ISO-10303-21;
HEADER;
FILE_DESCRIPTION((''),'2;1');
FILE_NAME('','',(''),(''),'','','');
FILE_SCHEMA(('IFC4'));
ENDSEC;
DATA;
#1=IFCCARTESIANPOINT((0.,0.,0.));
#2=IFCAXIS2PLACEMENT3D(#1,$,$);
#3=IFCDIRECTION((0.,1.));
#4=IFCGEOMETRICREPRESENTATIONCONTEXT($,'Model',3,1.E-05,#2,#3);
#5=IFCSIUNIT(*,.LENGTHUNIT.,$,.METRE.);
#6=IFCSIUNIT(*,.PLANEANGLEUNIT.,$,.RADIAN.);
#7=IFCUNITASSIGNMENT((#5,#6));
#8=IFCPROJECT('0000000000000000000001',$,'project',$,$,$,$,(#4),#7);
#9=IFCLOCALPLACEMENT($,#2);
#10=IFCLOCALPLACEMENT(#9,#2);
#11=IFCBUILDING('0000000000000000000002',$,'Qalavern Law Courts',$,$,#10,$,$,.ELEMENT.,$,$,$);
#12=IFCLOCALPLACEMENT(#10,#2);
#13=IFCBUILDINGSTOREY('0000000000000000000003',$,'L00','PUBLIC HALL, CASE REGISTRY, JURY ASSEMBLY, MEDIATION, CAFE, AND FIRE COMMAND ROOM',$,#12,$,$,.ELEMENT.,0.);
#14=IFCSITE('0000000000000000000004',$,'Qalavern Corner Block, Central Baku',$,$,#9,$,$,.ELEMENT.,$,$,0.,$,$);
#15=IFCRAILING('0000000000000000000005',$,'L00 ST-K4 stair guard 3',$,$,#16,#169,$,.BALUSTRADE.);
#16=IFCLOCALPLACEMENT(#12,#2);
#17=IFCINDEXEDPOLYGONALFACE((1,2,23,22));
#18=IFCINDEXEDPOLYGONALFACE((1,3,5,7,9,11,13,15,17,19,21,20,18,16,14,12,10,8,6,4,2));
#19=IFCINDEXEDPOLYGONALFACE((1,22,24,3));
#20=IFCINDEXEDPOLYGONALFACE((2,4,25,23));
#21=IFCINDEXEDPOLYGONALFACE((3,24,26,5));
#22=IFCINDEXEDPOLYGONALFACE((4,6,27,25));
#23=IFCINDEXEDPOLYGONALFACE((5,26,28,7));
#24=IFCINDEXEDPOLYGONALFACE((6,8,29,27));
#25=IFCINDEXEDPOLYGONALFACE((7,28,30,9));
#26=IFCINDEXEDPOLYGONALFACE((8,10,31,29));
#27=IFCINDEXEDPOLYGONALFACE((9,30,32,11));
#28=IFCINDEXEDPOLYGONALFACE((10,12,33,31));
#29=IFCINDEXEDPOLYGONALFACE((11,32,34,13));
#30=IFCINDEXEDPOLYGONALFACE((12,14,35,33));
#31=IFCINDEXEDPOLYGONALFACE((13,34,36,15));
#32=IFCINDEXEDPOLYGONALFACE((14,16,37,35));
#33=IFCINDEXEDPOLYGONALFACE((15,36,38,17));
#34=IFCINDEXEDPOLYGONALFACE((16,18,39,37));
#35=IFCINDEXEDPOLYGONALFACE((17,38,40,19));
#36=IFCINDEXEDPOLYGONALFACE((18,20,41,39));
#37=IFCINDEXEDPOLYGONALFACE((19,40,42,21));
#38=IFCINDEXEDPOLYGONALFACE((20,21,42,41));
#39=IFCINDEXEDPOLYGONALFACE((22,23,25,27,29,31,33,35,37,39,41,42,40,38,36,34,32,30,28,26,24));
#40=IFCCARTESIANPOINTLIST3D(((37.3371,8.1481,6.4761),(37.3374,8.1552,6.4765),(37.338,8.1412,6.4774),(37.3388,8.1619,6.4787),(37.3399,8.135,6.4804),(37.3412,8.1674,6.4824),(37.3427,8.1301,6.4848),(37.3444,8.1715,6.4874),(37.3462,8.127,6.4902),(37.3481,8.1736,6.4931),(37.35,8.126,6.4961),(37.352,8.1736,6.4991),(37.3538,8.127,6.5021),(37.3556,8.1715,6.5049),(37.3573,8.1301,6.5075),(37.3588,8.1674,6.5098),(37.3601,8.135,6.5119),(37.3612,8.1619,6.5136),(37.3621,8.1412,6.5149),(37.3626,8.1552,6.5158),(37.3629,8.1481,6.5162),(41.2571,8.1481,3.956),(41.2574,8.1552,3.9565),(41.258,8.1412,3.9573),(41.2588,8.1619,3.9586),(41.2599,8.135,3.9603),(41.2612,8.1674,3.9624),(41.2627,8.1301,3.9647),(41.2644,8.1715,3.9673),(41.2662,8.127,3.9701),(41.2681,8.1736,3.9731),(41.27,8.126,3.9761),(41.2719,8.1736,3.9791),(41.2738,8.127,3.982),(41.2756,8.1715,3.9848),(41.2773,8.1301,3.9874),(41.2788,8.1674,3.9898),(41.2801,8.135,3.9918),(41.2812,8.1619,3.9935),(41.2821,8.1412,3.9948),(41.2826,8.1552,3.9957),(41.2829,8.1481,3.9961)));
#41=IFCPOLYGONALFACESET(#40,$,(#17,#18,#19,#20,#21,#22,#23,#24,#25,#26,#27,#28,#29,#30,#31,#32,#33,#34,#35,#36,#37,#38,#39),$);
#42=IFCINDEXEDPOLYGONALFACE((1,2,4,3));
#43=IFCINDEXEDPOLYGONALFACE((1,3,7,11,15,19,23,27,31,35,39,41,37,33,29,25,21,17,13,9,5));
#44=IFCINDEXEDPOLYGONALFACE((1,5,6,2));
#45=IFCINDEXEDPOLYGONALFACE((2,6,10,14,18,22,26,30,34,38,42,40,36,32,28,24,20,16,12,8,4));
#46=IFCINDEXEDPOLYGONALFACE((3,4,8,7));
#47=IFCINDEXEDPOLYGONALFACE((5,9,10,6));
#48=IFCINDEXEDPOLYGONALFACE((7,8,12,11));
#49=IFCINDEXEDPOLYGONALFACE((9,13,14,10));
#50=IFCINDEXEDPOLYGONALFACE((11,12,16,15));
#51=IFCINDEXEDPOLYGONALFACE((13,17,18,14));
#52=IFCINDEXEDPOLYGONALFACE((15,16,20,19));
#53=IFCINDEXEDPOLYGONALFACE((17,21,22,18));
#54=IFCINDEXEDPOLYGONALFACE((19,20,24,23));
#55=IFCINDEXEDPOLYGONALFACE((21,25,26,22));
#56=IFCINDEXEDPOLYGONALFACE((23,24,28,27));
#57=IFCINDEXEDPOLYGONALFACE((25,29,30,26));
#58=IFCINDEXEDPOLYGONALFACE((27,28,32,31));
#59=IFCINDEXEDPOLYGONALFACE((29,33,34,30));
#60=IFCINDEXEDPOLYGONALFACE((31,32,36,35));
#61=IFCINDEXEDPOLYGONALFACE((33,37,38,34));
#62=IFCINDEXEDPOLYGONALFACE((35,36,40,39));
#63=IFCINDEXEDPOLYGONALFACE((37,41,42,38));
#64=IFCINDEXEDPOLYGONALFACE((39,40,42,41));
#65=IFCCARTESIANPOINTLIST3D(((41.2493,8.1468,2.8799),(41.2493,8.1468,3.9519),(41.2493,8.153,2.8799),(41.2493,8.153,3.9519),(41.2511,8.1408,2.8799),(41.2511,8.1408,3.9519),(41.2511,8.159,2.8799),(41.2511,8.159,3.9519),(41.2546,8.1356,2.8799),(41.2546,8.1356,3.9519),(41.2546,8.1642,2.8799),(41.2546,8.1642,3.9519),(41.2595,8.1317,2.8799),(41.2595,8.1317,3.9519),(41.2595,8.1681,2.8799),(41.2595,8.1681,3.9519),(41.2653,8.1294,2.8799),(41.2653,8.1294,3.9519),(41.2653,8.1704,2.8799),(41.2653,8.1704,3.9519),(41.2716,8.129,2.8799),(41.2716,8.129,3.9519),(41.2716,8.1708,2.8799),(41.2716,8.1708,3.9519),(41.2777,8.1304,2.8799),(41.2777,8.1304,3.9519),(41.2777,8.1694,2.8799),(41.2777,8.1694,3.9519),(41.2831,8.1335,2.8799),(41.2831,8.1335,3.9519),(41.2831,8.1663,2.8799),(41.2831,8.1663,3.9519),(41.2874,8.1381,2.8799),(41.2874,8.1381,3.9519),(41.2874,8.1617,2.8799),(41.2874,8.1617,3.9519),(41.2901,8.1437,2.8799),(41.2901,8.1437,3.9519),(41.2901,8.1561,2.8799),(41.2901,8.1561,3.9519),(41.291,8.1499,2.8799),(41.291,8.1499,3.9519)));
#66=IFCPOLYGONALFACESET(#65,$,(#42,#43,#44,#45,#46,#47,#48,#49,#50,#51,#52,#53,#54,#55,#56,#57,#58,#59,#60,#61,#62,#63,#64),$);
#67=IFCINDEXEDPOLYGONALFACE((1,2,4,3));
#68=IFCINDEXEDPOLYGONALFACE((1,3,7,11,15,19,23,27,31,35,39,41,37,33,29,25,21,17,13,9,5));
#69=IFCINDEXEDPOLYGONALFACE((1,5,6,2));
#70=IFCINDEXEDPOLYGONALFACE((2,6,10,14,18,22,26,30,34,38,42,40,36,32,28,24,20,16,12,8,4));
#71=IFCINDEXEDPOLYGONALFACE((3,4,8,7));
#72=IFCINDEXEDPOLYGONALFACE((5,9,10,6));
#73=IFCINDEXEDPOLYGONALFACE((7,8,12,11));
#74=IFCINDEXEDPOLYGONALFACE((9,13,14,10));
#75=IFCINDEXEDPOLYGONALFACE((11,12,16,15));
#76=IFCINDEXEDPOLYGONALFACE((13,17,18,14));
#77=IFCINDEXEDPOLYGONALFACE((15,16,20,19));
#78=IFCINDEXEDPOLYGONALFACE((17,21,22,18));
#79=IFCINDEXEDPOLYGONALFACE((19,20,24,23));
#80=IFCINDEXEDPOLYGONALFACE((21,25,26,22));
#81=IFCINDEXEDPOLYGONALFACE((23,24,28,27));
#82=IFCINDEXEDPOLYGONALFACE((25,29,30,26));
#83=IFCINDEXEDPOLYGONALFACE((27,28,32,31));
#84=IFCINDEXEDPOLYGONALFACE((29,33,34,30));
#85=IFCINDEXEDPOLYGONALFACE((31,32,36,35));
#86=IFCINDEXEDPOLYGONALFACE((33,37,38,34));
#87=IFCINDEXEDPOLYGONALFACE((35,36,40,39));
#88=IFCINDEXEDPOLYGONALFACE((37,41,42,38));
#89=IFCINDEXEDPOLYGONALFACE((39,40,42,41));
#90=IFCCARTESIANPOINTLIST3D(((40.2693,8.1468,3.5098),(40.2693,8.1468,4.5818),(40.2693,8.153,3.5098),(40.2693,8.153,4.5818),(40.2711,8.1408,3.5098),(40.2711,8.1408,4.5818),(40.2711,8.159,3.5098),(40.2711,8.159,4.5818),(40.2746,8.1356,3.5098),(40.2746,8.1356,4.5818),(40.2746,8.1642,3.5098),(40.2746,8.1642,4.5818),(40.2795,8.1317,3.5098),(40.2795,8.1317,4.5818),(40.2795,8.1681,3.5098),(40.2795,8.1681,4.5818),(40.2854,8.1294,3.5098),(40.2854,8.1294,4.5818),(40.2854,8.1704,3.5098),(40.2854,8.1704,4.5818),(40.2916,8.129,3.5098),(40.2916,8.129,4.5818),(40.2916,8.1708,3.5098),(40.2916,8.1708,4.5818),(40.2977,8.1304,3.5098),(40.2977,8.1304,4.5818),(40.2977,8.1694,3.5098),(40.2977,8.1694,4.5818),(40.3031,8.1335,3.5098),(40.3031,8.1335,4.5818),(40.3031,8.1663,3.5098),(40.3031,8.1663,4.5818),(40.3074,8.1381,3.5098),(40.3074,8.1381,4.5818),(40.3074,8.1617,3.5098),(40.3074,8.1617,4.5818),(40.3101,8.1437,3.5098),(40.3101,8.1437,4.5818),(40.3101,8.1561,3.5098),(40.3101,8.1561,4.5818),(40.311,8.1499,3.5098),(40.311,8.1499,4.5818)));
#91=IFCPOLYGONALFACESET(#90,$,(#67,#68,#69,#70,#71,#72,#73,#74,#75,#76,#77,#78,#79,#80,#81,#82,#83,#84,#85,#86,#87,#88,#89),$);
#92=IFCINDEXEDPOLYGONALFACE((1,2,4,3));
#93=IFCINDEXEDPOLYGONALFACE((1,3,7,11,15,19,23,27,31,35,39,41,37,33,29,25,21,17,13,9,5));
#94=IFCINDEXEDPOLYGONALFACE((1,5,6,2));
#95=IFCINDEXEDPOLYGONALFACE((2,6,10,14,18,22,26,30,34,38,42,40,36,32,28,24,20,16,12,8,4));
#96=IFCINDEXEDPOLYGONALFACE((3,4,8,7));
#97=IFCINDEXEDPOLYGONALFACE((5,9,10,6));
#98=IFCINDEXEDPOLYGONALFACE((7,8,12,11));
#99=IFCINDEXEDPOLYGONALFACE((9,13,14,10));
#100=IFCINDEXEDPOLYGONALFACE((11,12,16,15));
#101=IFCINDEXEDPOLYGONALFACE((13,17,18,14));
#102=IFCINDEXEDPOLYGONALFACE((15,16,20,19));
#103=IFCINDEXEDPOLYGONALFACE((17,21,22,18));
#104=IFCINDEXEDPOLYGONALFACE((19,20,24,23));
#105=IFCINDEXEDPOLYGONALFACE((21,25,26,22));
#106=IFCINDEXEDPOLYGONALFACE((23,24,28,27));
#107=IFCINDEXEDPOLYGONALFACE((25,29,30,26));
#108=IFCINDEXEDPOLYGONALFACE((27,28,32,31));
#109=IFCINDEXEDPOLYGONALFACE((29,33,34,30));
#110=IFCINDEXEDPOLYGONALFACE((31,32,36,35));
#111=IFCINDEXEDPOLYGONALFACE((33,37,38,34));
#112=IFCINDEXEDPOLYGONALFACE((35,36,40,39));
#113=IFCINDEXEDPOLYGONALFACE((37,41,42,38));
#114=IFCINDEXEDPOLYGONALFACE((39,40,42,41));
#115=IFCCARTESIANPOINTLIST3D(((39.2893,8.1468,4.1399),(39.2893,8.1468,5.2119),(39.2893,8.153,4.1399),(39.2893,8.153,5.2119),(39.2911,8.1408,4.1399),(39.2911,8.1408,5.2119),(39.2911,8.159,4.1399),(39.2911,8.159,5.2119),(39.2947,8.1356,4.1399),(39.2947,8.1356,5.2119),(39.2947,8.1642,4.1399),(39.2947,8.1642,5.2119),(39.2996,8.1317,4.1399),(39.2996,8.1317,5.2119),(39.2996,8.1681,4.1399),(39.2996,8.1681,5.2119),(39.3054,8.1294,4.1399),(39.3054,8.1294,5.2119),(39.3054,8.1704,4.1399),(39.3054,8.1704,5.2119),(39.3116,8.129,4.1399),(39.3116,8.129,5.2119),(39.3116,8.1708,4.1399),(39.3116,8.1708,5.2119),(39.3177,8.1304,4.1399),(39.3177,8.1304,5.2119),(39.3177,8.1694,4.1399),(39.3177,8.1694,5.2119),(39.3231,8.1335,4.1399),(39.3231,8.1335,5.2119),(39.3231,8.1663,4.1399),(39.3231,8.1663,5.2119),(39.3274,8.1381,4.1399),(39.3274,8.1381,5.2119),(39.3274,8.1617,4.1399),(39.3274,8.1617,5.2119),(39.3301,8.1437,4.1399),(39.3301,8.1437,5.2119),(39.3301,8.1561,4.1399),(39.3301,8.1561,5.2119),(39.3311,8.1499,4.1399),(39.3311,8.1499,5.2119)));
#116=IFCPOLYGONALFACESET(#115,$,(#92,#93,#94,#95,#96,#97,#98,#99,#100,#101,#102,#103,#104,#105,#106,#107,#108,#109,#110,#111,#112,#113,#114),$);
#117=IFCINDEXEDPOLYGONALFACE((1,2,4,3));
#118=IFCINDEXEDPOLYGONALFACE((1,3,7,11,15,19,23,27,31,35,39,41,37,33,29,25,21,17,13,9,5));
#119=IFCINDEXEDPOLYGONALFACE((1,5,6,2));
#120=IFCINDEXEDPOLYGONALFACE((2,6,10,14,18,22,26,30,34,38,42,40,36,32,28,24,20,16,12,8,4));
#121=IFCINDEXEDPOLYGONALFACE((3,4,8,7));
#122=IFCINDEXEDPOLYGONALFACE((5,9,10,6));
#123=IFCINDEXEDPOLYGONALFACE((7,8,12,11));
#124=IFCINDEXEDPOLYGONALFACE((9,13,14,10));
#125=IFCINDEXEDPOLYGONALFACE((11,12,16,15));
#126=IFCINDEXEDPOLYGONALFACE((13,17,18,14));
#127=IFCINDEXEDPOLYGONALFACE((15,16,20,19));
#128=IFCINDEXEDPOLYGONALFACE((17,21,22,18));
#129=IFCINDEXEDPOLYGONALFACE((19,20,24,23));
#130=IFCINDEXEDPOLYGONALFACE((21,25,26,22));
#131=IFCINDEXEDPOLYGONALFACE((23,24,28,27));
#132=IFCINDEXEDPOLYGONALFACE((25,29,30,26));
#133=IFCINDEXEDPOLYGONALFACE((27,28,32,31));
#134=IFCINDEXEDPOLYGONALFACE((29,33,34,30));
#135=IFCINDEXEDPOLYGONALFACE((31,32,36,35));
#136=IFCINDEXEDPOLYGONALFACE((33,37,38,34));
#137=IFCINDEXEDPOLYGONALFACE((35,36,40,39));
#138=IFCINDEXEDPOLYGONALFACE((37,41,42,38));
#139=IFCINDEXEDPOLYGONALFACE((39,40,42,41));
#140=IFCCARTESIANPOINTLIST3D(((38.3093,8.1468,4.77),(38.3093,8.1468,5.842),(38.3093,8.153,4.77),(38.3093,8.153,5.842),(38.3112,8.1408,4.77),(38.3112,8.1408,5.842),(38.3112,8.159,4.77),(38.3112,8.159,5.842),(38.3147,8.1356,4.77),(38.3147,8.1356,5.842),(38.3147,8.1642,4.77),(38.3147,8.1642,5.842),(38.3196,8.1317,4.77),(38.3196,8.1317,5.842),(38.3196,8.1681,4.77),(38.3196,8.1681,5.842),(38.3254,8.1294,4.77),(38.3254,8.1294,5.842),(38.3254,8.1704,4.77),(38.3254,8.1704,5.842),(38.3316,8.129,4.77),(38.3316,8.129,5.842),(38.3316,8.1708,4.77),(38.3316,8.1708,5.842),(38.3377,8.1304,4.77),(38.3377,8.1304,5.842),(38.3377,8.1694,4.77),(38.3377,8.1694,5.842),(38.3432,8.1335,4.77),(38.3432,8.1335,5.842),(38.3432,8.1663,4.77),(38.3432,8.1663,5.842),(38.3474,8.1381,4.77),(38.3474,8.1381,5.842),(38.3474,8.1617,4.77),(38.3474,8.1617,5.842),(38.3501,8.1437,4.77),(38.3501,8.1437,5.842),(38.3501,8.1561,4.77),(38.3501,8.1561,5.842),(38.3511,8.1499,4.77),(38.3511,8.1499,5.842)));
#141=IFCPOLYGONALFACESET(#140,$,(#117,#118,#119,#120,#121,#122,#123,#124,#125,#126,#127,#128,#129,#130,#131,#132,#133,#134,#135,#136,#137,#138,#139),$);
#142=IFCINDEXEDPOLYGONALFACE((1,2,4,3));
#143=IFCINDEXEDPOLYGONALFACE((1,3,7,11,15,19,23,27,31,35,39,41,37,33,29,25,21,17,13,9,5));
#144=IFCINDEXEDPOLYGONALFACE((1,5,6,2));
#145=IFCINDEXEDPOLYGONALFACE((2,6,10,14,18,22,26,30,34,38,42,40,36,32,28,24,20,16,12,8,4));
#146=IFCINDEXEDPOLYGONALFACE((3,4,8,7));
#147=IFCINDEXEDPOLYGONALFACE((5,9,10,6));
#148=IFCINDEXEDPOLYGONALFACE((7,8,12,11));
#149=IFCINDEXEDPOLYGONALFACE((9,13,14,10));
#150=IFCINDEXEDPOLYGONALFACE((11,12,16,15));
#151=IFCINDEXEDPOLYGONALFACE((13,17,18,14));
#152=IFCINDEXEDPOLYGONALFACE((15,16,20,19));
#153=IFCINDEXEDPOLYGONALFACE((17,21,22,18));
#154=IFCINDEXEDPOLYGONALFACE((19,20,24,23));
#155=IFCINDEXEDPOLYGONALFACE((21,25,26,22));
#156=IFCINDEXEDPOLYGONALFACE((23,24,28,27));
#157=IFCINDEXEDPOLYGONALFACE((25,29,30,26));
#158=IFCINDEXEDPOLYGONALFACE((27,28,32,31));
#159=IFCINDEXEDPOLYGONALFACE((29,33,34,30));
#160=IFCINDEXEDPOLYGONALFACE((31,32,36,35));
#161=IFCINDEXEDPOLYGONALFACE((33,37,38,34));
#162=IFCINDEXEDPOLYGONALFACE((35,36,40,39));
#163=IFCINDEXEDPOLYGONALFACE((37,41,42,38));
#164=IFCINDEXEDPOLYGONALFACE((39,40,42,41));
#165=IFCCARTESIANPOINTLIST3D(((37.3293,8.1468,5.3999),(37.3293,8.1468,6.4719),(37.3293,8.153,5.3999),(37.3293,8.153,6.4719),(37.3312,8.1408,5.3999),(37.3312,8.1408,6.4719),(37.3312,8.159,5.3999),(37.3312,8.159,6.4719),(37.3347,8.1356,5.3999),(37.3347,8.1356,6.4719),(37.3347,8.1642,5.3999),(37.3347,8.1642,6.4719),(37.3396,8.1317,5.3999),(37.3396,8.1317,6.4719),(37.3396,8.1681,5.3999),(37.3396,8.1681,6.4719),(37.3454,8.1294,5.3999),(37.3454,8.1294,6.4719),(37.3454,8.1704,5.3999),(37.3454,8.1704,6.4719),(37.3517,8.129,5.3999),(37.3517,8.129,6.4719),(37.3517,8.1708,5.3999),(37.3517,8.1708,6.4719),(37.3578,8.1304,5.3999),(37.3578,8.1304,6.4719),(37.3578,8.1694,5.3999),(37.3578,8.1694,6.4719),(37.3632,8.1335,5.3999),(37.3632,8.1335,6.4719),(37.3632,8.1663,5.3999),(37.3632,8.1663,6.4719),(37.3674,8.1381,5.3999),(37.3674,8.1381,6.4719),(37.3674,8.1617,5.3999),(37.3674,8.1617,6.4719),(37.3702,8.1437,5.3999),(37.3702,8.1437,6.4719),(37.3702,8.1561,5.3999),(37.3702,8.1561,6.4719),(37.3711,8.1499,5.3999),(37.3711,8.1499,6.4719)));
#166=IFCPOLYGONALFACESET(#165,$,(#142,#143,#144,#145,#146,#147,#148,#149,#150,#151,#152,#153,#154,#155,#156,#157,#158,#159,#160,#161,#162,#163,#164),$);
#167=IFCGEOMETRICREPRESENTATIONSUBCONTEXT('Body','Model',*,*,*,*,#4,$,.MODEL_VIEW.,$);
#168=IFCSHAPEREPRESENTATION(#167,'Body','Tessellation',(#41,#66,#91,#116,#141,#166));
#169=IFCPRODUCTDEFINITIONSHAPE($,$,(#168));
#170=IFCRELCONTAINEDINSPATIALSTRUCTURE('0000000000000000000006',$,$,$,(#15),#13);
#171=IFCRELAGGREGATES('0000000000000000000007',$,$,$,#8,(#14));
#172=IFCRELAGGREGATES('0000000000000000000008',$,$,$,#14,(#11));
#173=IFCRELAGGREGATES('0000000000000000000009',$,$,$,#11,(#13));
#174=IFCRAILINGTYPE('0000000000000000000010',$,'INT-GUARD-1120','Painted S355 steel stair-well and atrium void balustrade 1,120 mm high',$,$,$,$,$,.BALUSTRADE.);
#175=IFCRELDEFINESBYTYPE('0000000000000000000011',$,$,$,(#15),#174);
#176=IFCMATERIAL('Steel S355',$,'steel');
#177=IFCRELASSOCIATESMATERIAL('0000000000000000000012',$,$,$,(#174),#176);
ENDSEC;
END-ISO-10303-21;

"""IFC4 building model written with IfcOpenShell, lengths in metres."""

from ifc_helpers import new_model, si_unit, direction, frame, origin, origin_2d, place, context, subcontext, project, spatial, circle, extrude, material, type_object, element, save


model = new_model("IFC4")

# Units and contexts
model_context = context("Model", 3, precision=1e-05, world=origin(), true_north=direction((0.0, 1.0)))
body_context = subcontext(model_context, "Body", "Model", "MODEL_VIEW")
ifc_project = project(units=[si_unit("LENGTHUNIT", "METRE"), si_unit("PLANEANGLEUNIT", "RADIAN")], contexts=[model_context])

# Site, building, storey
site_placement = place(None, origin())
site = spatial("IfcSite", under=ifc_project, at=site_placement, Name="Qalavern Corner Block, Central Baku", CompositionType="ELEMENT", RefElevation=0.0)
building_placement = place(site_placement, origin())
building = spatial("IfcBuilding", under=site, at=building_placement, Name="Qalavern Law Courts", CompositionType="ELEMENT")
storey_placement = place(building_placement, origin())
storey = spatial("IfcBuildingStorey", under=building, at=storey_placement, Name="L00", Description="PUBLIC HALL, CASE REGISTRY, JURY ASSEMBLY, MEDIATION, CAFE, AND FIRE COMMAND ROOM", CompositionType="ELEMENT", Elevation=0.0)

# Shared definitions
ifc_material_1 = material(Name="Steel S355", Category="steel")

# Railing
railing_type_1 = type_object("IfcRailingType", Name="INT-GUARD-1120", Description="Painted S355 steel stair-well and atrium void balustrade 1,120 mm high", PredefinedType="BALUSTRADE", material=ifc_material_1)
railing_1_placement = place(storey_placement, frame((41.27, 8.1499, 2.8799)))
element("IfcRailing", 1, at=railing_1_placement, inside=storey, type_object=railing_type_1, Name="L00 ST-K4 stair guard 3", PredefinedType="BALUSTRADE", context=body_context, shape_type="SweptSolid", body=[
    extrude(circle(Radius=0.0239, at=origin_2d()), frame((0.0, 0.0, 1.0962), z_axis=(-0.841172, 0.0, 0.540768), x_axis=(0.0, -1.0, 0.0)), (0.0, 0.0, 1.0), 4.6602),
    extrude(circle(Radius=0.021, at=origin_2d()), origin(), (0.0, 0.0, 1.0), 1.072),
    extrude(circle(Radius=0.021, at=origin_2d()), frame((-0.98, 0.0, 0.6299)), (0.0, 0.0, 1.0), 1.072),
    extrude(circle(Radius=0.021, at=origin_2d()), frame((-1.96, 0.0, 1.26)), (0.0, 0.0, 1.0), 1.072),
    extrude(circle(Radius=0.021, at=origin_2d()), frame((-2.9399, 0.0, 1.8901)), (0.0, 0.0, 1.0), 1.072),
    extrude(circle(Radius=0.021, at=origin_2d()), frame((-3.9199, 0.0, 2.52)), (0.0, 0.0, 1.0), 1.072),
])

save(model, "model.ifc")
